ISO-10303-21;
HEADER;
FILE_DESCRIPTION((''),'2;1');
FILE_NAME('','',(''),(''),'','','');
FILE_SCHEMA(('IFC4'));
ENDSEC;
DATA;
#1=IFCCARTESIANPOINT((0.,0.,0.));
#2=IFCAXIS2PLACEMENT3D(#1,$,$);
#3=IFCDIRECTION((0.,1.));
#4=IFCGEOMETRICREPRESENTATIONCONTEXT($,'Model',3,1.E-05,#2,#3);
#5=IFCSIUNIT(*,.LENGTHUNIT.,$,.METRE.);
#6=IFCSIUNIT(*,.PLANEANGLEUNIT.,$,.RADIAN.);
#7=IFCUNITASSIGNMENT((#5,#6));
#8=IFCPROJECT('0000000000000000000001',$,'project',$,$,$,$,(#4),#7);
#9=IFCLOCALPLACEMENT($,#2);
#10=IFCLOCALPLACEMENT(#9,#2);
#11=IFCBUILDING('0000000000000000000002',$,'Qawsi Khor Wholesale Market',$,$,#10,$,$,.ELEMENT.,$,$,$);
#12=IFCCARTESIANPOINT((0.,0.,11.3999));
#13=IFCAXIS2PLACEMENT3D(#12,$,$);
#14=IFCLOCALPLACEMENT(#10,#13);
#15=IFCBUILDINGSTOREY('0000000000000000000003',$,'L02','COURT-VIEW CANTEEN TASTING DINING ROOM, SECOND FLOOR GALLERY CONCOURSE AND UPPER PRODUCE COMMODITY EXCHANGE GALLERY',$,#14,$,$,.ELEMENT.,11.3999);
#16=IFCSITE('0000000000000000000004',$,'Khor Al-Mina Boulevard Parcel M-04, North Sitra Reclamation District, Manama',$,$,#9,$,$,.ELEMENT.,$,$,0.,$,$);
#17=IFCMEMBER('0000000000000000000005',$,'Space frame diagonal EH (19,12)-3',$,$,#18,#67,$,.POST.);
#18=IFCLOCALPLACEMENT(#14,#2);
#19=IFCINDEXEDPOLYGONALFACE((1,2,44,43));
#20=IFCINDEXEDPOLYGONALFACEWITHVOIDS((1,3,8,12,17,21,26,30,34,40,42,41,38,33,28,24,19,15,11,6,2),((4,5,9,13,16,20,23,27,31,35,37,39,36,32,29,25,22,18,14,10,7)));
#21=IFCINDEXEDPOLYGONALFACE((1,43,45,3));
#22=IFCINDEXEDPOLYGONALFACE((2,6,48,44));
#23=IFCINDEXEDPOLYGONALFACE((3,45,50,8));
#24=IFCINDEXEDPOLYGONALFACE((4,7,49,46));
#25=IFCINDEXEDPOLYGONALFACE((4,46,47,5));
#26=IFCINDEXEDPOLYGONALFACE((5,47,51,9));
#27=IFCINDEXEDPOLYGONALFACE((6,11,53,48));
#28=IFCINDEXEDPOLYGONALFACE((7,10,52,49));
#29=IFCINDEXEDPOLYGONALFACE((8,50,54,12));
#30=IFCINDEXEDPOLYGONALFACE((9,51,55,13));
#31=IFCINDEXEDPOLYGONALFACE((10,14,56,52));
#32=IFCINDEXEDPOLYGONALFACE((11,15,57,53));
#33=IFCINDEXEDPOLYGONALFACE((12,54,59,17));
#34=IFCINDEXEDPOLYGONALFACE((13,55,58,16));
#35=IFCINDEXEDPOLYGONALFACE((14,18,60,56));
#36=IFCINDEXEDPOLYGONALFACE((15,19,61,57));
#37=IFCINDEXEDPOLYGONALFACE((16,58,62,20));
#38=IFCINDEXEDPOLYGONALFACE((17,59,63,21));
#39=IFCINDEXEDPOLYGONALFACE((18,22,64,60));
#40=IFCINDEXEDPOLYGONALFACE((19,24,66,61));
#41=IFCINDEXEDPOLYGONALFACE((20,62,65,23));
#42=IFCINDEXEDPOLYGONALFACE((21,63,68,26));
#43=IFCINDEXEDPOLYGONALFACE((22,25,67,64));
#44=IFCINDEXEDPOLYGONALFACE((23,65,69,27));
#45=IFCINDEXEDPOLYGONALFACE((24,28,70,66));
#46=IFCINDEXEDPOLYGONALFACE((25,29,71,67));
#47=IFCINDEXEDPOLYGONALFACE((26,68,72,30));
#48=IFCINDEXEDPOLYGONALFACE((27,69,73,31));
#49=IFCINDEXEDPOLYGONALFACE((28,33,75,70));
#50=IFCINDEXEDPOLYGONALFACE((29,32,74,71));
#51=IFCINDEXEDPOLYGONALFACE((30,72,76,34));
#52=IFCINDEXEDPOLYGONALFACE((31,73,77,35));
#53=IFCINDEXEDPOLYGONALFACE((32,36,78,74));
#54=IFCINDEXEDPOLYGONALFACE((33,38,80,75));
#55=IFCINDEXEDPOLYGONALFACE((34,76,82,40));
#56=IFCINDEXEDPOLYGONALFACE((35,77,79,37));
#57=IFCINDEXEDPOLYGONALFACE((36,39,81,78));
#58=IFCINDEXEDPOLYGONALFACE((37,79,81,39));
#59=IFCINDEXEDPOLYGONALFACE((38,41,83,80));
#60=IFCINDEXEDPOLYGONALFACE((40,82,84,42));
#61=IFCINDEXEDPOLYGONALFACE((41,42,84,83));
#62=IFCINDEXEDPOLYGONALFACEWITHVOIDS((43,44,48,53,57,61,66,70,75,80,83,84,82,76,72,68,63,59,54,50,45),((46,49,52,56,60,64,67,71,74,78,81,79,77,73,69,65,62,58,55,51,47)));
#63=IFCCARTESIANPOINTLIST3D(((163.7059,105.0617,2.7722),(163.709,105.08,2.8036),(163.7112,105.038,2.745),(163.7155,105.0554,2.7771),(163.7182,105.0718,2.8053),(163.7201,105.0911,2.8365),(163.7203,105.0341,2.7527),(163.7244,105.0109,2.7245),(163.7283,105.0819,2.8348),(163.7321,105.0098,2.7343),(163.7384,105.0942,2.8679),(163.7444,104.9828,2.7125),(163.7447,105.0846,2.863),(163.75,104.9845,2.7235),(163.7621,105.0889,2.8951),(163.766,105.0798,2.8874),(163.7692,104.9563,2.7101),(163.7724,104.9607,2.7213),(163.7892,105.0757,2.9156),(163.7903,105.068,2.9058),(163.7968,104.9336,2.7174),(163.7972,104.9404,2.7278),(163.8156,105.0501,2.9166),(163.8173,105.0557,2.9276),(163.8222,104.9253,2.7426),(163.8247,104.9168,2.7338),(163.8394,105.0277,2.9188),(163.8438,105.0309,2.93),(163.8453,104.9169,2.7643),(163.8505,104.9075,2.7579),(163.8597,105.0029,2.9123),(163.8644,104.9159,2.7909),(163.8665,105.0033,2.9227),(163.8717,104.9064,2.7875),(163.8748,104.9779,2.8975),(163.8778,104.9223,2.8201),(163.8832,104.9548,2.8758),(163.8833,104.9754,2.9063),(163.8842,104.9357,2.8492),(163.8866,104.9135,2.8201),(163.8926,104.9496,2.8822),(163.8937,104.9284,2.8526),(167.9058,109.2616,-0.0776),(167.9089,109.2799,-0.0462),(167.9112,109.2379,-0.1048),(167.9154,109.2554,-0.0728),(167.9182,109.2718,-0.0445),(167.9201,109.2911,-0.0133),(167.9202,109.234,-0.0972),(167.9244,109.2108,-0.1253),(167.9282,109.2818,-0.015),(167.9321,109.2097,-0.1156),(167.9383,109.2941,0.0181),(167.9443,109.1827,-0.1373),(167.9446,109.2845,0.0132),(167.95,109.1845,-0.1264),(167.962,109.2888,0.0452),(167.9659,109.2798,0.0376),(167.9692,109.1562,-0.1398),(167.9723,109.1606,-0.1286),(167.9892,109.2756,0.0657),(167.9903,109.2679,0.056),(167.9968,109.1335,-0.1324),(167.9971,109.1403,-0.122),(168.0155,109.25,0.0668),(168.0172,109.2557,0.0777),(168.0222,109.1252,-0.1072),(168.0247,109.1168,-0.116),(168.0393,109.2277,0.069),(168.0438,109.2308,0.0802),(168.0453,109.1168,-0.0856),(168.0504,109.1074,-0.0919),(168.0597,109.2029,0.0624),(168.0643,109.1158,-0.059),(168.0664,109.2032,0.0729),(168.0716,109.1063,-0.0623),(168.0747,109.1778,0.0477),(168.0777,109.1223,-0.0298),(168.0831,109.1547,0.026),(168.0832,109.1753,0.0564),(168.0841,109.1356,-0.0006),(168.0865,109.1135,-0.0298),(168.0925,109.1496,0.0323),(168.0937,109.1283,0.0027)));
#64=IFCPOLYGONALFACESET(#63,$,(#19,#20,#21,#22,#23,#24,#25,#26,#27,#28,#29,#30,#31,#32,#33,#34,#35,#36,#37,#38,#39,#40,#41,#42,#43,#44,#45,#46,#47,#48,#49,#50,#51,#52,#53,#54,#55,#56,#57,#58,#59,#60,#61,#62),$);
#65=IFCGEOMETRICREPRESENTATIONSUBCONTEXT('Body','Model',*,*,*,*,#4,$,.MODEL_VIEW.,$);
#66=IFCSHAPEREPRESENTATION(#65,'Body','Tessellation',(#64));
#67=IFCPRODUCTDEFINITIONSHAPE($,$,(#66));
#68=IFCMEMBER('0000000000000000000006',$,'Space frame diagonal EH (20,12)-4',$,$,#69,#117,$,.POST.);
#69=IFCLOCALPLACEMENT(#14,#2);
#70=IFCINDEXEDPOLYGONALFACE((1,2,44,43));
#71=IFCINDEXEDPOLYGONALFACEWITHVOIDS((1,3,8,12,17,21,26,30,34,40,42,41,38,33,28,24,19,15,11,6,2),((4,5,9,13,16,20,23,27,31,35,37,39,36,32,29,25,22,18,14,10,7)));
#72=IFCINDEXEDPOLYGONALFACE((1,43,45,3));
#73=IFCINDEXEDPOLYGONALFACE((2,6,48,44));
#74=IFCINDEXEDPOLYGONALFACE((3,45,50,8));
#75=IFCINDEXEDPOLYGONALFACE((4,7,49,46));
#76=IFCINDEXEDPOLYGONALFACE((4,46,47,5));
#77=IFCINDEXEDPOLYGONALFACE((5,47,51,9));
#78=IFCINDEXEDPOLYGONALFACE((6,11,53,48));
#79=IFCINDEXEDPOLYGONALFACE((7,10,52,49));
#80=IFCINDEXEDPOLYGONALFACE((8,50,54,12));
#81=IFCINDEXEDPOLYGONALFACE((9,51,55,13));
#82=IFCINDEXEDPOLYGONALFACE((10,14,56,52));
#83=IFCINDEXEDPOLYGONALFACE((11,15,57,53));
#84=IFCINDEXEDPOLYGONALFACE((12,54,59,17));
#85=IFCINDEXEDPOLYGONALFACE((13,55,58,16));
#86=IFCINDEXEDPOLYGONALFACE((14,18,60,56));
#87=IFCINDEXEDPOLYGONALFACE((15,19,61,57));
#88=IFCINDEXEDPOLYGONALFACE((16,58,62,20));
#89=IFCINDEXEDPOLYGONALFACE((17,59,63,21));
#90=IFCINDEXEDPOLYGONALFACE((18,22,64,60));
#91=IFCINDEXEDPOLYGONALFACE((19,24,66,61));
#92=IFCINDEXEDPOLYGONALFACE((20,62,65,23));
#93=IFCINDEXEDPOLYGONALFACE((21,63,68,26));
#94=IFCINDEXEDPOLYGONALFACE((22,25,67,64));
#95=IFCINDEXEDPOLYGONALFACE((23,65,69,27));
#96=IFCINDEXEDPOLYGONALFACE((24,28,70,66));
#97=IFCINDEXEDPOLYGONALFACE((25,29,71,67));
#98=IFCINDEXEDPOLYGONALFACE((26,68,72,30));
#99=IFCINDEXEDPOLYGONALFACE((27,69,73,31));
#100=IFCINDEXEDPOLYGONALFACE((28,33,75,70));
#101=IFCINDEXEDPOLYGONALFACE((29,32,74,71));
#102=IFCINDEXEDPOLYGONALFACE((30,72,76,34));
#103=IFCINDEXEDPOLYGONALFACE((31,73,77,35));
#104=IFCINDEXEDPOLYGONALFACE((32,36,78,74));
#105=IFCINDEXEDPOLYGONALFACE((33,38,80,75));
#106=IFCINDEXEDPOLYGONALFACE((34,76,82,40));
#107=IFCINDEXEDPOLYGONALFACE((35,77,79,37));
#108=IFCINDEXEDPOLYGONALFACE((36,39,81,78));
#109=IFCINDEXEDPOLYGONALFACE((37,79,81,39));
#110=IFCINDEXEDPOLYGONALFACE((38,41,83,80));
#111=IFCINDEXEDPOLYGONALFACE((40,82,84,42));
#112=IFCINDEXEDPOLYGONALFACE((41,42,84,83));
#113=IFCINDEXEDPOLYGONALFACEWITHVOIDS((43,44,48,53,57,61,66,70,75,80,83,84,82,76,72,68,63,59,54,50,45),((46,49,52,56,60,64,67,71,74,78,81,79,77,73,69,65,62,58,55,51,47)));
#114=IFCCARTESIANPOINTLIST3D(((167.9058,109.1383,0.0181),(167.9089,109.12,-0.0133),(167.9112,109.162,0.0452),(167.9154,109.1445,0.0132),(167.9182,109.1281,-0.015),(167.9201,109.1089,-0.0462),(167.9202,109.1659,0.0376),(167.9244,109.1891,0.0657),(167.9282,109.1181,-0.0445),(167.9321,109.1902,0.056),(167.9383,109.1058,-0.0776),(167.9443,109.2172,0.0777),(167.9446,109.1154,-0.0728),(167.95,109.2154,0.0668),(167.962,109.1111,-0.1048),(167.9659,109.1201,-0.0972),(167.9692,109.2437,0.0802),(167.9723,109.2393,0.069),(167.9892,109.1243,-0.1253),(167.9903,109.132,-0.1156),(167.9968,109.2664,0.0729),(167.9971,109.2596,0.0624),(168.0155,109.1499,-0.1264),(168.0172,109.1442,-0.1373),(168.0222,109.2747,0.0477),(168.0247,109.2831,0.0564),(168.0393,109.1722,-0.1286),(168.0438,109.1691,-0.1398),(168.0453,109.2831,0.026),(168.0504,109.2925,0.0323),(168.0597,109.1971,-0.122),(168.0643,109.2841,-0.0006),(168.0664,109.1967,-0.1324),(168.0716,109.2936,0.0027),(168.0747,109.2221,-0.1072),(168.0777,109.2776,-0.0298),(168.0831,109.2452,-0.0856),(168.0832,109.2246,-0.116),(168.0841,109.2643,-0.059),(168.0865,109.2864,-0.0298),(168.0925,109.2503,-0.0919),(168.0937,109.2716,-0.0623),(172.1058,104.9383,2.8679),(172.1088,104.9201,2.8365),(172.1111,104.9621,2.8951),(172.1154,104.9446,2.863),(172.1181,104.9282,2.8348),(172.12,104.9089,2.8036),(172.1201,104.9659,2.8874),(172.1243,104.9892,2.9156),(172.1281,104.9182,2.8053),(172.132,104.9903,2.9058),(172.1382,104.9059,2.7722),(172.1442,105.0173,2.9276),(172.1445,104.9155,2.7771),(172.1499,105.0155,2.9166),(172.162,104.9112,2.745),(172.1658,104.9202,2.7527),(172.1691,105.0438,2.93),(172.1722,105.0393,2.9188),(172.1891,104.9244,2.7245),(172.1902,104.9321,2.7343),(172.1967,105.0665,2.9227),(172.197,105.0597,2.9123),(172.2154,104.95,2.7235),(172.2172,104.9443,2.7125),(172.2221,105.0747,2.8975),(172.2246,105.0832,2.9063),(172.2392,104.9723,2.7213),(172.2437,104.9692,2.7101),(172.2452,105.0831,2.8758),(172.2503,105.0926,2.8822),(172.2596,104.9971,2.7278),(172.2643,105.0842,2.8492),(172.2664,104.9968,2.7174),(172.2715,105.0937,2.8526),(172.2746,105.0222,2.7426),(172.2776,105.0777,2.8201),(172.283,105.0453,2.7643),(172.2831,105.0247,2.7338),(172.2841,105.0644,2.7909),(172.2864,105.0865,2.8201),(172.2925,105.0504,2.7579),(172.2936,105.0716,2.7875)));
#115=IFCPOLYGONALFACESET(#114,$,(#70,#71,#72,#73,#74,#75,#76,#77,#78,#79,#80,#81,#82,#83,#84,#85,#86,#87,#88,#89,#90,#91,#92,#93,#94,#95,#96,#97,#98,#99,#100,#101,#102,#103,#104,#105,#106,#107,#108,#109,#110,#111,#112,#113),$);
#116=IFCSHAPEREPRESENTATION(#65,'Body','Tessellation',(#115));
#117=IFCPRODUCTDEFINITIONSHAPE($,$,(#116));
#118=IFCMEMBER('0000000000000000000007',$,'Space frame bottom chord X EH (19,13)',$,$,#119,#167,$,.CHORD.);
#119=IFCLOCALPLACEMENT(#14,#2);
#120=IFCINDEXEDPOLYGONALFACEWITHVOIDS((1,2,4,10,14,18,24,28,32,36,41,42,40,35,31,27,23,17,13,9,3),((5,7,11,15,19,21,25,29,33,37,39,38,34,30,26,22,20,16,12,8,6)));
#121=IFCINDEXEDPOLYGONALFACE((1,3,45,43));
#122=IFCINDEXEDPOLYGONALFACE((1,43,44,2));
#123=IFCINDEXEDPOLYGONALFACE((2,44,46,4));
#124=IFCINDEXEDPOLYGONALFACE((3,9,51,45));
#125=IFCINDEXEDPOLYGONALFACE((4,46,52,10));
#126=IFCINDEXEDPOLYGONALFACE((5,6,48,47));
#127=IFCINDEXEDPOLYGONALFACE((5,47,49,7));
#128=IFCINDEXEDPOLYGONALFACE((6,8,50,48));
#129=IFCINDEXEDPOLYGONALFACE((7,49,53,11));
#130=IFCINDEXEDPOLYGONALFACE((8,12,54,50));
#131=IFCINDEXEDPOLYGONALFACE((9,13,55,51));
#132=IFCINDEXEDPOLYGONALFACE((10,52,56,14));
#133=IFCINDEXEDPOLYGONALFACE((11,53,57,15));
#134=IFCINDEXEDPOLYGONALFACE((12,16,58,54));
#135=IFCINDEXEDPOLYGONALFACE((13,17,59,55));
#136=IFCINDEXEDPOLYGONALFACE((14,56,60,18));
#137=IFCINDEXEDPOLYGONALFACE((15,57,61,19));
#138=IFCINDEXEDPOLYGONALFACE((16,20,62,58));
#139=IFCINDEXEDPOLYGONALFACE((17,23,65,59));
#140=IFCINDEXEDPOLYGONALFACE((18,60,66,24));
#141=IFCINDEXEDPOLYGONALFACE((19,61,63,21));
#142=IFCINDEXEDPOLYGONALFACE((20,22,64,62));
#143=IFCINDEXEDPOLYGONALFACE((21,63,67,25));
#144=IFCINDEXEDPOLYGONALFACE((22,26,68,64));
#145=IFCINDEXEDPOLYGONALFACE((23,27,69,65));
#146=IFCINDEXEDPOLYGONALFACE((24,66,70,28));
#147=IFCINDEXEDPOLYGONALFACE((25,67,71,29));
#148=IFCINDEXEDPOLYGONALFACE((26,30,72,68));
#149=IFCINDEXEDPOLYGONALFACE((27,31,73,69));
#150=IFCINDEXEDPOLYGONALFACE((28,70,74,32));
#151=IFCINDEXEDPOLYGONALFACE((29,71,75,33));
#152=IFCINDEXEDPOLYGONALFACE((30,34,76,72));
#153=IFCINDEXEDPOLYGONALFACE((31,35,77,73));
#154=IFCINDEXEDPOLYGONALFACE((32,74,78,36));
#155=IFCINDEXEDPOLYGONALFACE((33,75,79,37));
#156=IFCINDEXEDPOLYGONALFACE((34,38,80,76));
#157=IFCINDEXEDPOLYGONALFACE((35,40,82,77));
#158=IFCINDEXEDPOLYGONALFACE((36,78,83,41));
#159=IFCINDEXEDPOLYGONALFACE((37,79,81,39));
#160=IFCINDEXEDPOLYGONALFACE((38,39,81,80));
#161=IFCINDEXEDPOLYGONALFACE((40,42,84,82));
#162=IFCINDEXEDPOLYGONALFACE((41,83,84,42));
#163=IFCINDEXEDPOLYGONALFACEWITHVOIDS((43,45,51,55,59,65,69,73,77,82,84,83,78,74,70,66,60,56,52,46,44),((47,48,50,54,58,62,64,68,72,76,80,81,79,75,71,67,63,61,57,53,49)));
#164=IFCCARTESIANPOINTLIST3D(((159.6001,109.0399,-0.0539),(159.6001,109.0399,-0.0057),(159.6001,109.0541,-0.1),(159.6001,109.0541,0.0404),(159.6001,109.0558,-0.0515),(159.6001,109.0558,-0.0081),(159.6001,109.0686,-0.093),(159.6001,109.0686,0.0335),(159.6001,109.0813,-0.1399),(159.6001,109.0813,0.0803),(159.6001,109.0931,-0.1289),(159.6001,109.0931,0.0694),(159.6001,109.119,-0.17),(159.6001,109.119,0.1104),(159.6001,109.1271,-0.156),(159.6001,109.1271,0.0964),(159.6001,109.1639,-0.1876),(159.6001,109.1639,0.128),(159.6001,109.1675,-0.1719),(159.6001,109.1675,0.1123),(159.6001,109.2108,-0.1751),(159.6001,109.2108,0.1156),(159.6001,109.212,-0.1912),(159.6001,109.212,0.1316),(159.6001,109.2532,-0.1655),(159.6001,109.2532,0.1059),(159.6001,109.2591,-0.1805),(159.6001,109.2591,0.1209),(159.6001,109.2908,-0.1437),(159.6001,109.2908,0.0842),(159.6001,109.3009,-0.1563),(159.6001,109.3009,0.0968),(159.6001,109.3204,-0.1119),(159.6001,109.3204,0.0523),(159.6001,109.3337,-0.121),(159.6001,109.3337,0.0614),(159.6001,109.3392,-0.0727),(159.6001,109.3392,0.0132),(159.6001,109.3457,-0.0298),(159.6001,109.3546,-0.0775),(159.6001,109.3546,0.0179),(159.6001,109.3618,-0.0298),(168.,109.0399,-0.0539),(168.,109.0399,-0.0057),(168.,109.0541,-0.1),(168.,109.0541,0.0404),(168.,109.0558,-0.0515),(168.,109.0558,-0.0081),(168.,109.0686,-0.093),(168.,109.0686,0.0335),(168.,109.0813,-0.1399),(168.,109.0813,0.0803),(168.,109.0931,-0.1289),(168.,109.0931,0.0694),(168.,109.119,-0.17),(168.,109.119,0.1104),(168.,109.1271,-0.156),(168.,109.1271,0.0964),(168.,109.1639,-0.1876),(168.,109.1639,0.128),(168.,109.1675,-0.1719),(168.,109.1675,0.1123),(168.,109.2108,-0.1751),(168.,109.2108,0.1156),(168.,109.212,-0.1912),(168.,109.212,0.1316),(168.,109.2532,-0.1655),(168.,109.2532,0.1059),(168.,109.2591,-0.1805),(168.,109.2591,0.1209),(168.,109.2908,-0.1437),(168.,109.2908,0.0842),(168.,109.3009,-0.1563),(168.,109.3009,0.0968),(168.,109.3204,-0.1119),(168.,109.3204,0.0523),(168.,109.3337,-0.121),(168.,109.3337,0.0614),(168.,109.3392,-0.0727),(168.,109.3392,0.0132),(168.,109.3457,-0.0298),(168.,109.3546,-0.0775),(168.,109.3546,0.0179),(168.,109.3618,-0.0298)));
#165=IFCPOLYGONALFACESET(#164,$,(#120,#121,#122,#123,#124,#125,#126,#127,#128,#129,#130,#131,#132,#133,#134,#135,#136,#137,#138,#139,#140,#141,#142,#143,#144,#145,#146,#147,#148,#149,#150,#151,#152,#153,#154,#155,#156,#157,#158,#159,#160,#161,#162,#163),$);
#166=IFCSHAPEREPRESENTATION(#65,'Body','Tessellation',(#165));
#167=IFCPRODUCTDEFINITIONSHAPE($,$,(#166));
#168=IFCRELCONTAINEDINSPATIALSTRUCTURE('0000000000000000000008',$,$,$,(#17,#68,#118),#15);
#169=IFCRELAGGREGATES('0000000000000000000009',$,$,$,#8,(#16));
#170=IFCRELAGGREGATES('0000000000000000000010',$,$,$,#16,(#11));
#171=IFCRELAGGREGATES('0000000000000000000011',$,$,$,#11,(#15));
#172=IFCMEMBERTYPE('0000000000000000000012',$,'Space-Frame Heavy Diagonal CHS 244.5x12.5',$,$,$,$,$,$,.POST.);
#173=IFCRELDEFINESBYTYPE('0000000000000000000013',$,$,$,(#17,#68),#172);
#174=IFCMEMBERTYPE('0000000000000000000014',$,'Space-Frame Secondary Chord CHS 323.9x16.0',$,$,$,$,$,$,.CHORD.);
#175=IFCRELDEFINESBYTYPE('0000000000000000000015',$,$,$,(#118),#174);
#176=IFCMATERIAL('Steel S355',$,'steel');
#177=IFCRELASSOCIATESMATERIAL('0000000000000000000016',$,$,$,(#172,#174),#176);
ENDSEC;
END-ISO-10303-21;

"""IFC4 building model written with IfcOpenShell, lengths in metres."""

from ifc_helpers import new_model, si_unit, direction, frame, origin, origin_2d, place, context, subcontext, project, spatial, hollow_circle, extrude, material, material_profile, profile_set, type_object, element, save


model = new_model("IFC4")

# Units and contexts
model_context = context("Model", 3, precision=1e-05, world=origin(), true_north=direction((0.0, 1.0)))
body_context = subcontext(model_context, "Body", "Model", "MODEL_VIEW")
ifc_project = project(units=[si_unit("LENGTHUNIT", "METRE"), si_unit("PLANEANGLEUNIT", "RADIAN")], contexts=[model_context])

# Site, building, storey
site_placement = place(None, origin())
site = spatial("IfcSite", under=ifc_project, at=site_placement, Name="Khor Al-Mina Boulevard Parcel M-04, North Sitra Reclamation District, Manama", CompositionType="ELEMENT", RefElevation=0.0)
building_placement = place(site_placement, origin())
building = spatial("IfcBuilding", under=site, at=building_placement, Name="Qawsi Khor Wholesale Market", CompositionType="ELEMENT")
storey_placement = place(building_placement, frame((0.0, 0.0, 11.3999)))
storey = spatial("IfcBuildingStorey", under=building, at=storey_placement, Name="L02", Description="COURT-VIEW CANTEEN TASTING DINING ROOM, SECOND FLOOR GALLERY CONCOURSE AND UPPER PRODUCE COMMODITY EXCHANGE GALLERY", CompositionType="ELEMENT", Elevation=11.3999)

# Members
ifc_material_1 = material(Name="Steel S355", Category="steel")
ifc_material_profile_1 = material_profile(ifc_material_1, hollow_circle(Radius=0.1223, WallThickness=0.0125, at=origin_2d()), Name="CHS 244.5x12.5")
ifc_profile_set_1 = profile_set([ifc_material_profile_1], Name="Steel S355")
member_type_1 = type_object("IfcMemberType", Name="Space-Frame Heavy Diagonal CHS 244.5x12.5", PredefinedType="POST", material=ifc_profile_set_1)
for number, where, z_axis, x_axis, name in (
    (1, (168.0, 109.2, -0.0298), (-0.637522, -0.637522, 0.432587), (0.707107, -0.707107, 0.0), "Space frame diagonal EH (19,12)-3"),
    (2, (168.0, 109.2, -0.0298), (0.637522, -0.637522, 0.432587), (0.707107, 0.707107, 0.0), "Space frame diagonal EH (20,12)-4"),
):
    element("IfcMember", number, at=place(storey_placement, frame(where, z_axis=z_axis, x_axis=x_axis)), inside=storey, type_object=member_type_1, Name=name, PredefinedType="POST", context=body_context, shape_type="SweptSolid", body=[
        extrude(hollow_circle(Radius=0.1223, WallThickness=0.0125, at=origin_2d()), origin(), (0.0, 0.0, 1.0), 6.5879),
    ])
ifc_material_profile_2 = material_profile(ifc_material_1, hollow_circle(Radius=0.1619, WallThickness=0.0161, at=origin_2d()), Name="CHS 323.9x16.0")
ifc_profile_set_2 = profile_set([ifc_material_profile_2], Name="Steel S355")
member_type_2 = type_object("IfcMemberType", Name="Space-Frame Secondary Chord CHS 323.9x16.0", PredefinedType="CHORD", material=ifc_profile_set_2)
member_1_placement = place(storey_placement, frame((159.6001, 109.2, -0.0298), z_axis=(1.0, 0.0, 0.0), x_axis=(0.0, 1.0, 0.0)))
element("IfcMember", 3, at=member_1_placement, inside=storey, type_object=member_type_2, Name="Space frame bottom chord X EH (19,13)", PredefinedType="CHORD", context=body_context, shape_type="SweptSolid", body=[
    extrude(hollow_circle(Radius=0.1619, WallThickness=0.0161, at=origin_2d()), origin(), (0.0, 0.0, 1.0), 8.3999),
])

save(model, "model.ifc")
